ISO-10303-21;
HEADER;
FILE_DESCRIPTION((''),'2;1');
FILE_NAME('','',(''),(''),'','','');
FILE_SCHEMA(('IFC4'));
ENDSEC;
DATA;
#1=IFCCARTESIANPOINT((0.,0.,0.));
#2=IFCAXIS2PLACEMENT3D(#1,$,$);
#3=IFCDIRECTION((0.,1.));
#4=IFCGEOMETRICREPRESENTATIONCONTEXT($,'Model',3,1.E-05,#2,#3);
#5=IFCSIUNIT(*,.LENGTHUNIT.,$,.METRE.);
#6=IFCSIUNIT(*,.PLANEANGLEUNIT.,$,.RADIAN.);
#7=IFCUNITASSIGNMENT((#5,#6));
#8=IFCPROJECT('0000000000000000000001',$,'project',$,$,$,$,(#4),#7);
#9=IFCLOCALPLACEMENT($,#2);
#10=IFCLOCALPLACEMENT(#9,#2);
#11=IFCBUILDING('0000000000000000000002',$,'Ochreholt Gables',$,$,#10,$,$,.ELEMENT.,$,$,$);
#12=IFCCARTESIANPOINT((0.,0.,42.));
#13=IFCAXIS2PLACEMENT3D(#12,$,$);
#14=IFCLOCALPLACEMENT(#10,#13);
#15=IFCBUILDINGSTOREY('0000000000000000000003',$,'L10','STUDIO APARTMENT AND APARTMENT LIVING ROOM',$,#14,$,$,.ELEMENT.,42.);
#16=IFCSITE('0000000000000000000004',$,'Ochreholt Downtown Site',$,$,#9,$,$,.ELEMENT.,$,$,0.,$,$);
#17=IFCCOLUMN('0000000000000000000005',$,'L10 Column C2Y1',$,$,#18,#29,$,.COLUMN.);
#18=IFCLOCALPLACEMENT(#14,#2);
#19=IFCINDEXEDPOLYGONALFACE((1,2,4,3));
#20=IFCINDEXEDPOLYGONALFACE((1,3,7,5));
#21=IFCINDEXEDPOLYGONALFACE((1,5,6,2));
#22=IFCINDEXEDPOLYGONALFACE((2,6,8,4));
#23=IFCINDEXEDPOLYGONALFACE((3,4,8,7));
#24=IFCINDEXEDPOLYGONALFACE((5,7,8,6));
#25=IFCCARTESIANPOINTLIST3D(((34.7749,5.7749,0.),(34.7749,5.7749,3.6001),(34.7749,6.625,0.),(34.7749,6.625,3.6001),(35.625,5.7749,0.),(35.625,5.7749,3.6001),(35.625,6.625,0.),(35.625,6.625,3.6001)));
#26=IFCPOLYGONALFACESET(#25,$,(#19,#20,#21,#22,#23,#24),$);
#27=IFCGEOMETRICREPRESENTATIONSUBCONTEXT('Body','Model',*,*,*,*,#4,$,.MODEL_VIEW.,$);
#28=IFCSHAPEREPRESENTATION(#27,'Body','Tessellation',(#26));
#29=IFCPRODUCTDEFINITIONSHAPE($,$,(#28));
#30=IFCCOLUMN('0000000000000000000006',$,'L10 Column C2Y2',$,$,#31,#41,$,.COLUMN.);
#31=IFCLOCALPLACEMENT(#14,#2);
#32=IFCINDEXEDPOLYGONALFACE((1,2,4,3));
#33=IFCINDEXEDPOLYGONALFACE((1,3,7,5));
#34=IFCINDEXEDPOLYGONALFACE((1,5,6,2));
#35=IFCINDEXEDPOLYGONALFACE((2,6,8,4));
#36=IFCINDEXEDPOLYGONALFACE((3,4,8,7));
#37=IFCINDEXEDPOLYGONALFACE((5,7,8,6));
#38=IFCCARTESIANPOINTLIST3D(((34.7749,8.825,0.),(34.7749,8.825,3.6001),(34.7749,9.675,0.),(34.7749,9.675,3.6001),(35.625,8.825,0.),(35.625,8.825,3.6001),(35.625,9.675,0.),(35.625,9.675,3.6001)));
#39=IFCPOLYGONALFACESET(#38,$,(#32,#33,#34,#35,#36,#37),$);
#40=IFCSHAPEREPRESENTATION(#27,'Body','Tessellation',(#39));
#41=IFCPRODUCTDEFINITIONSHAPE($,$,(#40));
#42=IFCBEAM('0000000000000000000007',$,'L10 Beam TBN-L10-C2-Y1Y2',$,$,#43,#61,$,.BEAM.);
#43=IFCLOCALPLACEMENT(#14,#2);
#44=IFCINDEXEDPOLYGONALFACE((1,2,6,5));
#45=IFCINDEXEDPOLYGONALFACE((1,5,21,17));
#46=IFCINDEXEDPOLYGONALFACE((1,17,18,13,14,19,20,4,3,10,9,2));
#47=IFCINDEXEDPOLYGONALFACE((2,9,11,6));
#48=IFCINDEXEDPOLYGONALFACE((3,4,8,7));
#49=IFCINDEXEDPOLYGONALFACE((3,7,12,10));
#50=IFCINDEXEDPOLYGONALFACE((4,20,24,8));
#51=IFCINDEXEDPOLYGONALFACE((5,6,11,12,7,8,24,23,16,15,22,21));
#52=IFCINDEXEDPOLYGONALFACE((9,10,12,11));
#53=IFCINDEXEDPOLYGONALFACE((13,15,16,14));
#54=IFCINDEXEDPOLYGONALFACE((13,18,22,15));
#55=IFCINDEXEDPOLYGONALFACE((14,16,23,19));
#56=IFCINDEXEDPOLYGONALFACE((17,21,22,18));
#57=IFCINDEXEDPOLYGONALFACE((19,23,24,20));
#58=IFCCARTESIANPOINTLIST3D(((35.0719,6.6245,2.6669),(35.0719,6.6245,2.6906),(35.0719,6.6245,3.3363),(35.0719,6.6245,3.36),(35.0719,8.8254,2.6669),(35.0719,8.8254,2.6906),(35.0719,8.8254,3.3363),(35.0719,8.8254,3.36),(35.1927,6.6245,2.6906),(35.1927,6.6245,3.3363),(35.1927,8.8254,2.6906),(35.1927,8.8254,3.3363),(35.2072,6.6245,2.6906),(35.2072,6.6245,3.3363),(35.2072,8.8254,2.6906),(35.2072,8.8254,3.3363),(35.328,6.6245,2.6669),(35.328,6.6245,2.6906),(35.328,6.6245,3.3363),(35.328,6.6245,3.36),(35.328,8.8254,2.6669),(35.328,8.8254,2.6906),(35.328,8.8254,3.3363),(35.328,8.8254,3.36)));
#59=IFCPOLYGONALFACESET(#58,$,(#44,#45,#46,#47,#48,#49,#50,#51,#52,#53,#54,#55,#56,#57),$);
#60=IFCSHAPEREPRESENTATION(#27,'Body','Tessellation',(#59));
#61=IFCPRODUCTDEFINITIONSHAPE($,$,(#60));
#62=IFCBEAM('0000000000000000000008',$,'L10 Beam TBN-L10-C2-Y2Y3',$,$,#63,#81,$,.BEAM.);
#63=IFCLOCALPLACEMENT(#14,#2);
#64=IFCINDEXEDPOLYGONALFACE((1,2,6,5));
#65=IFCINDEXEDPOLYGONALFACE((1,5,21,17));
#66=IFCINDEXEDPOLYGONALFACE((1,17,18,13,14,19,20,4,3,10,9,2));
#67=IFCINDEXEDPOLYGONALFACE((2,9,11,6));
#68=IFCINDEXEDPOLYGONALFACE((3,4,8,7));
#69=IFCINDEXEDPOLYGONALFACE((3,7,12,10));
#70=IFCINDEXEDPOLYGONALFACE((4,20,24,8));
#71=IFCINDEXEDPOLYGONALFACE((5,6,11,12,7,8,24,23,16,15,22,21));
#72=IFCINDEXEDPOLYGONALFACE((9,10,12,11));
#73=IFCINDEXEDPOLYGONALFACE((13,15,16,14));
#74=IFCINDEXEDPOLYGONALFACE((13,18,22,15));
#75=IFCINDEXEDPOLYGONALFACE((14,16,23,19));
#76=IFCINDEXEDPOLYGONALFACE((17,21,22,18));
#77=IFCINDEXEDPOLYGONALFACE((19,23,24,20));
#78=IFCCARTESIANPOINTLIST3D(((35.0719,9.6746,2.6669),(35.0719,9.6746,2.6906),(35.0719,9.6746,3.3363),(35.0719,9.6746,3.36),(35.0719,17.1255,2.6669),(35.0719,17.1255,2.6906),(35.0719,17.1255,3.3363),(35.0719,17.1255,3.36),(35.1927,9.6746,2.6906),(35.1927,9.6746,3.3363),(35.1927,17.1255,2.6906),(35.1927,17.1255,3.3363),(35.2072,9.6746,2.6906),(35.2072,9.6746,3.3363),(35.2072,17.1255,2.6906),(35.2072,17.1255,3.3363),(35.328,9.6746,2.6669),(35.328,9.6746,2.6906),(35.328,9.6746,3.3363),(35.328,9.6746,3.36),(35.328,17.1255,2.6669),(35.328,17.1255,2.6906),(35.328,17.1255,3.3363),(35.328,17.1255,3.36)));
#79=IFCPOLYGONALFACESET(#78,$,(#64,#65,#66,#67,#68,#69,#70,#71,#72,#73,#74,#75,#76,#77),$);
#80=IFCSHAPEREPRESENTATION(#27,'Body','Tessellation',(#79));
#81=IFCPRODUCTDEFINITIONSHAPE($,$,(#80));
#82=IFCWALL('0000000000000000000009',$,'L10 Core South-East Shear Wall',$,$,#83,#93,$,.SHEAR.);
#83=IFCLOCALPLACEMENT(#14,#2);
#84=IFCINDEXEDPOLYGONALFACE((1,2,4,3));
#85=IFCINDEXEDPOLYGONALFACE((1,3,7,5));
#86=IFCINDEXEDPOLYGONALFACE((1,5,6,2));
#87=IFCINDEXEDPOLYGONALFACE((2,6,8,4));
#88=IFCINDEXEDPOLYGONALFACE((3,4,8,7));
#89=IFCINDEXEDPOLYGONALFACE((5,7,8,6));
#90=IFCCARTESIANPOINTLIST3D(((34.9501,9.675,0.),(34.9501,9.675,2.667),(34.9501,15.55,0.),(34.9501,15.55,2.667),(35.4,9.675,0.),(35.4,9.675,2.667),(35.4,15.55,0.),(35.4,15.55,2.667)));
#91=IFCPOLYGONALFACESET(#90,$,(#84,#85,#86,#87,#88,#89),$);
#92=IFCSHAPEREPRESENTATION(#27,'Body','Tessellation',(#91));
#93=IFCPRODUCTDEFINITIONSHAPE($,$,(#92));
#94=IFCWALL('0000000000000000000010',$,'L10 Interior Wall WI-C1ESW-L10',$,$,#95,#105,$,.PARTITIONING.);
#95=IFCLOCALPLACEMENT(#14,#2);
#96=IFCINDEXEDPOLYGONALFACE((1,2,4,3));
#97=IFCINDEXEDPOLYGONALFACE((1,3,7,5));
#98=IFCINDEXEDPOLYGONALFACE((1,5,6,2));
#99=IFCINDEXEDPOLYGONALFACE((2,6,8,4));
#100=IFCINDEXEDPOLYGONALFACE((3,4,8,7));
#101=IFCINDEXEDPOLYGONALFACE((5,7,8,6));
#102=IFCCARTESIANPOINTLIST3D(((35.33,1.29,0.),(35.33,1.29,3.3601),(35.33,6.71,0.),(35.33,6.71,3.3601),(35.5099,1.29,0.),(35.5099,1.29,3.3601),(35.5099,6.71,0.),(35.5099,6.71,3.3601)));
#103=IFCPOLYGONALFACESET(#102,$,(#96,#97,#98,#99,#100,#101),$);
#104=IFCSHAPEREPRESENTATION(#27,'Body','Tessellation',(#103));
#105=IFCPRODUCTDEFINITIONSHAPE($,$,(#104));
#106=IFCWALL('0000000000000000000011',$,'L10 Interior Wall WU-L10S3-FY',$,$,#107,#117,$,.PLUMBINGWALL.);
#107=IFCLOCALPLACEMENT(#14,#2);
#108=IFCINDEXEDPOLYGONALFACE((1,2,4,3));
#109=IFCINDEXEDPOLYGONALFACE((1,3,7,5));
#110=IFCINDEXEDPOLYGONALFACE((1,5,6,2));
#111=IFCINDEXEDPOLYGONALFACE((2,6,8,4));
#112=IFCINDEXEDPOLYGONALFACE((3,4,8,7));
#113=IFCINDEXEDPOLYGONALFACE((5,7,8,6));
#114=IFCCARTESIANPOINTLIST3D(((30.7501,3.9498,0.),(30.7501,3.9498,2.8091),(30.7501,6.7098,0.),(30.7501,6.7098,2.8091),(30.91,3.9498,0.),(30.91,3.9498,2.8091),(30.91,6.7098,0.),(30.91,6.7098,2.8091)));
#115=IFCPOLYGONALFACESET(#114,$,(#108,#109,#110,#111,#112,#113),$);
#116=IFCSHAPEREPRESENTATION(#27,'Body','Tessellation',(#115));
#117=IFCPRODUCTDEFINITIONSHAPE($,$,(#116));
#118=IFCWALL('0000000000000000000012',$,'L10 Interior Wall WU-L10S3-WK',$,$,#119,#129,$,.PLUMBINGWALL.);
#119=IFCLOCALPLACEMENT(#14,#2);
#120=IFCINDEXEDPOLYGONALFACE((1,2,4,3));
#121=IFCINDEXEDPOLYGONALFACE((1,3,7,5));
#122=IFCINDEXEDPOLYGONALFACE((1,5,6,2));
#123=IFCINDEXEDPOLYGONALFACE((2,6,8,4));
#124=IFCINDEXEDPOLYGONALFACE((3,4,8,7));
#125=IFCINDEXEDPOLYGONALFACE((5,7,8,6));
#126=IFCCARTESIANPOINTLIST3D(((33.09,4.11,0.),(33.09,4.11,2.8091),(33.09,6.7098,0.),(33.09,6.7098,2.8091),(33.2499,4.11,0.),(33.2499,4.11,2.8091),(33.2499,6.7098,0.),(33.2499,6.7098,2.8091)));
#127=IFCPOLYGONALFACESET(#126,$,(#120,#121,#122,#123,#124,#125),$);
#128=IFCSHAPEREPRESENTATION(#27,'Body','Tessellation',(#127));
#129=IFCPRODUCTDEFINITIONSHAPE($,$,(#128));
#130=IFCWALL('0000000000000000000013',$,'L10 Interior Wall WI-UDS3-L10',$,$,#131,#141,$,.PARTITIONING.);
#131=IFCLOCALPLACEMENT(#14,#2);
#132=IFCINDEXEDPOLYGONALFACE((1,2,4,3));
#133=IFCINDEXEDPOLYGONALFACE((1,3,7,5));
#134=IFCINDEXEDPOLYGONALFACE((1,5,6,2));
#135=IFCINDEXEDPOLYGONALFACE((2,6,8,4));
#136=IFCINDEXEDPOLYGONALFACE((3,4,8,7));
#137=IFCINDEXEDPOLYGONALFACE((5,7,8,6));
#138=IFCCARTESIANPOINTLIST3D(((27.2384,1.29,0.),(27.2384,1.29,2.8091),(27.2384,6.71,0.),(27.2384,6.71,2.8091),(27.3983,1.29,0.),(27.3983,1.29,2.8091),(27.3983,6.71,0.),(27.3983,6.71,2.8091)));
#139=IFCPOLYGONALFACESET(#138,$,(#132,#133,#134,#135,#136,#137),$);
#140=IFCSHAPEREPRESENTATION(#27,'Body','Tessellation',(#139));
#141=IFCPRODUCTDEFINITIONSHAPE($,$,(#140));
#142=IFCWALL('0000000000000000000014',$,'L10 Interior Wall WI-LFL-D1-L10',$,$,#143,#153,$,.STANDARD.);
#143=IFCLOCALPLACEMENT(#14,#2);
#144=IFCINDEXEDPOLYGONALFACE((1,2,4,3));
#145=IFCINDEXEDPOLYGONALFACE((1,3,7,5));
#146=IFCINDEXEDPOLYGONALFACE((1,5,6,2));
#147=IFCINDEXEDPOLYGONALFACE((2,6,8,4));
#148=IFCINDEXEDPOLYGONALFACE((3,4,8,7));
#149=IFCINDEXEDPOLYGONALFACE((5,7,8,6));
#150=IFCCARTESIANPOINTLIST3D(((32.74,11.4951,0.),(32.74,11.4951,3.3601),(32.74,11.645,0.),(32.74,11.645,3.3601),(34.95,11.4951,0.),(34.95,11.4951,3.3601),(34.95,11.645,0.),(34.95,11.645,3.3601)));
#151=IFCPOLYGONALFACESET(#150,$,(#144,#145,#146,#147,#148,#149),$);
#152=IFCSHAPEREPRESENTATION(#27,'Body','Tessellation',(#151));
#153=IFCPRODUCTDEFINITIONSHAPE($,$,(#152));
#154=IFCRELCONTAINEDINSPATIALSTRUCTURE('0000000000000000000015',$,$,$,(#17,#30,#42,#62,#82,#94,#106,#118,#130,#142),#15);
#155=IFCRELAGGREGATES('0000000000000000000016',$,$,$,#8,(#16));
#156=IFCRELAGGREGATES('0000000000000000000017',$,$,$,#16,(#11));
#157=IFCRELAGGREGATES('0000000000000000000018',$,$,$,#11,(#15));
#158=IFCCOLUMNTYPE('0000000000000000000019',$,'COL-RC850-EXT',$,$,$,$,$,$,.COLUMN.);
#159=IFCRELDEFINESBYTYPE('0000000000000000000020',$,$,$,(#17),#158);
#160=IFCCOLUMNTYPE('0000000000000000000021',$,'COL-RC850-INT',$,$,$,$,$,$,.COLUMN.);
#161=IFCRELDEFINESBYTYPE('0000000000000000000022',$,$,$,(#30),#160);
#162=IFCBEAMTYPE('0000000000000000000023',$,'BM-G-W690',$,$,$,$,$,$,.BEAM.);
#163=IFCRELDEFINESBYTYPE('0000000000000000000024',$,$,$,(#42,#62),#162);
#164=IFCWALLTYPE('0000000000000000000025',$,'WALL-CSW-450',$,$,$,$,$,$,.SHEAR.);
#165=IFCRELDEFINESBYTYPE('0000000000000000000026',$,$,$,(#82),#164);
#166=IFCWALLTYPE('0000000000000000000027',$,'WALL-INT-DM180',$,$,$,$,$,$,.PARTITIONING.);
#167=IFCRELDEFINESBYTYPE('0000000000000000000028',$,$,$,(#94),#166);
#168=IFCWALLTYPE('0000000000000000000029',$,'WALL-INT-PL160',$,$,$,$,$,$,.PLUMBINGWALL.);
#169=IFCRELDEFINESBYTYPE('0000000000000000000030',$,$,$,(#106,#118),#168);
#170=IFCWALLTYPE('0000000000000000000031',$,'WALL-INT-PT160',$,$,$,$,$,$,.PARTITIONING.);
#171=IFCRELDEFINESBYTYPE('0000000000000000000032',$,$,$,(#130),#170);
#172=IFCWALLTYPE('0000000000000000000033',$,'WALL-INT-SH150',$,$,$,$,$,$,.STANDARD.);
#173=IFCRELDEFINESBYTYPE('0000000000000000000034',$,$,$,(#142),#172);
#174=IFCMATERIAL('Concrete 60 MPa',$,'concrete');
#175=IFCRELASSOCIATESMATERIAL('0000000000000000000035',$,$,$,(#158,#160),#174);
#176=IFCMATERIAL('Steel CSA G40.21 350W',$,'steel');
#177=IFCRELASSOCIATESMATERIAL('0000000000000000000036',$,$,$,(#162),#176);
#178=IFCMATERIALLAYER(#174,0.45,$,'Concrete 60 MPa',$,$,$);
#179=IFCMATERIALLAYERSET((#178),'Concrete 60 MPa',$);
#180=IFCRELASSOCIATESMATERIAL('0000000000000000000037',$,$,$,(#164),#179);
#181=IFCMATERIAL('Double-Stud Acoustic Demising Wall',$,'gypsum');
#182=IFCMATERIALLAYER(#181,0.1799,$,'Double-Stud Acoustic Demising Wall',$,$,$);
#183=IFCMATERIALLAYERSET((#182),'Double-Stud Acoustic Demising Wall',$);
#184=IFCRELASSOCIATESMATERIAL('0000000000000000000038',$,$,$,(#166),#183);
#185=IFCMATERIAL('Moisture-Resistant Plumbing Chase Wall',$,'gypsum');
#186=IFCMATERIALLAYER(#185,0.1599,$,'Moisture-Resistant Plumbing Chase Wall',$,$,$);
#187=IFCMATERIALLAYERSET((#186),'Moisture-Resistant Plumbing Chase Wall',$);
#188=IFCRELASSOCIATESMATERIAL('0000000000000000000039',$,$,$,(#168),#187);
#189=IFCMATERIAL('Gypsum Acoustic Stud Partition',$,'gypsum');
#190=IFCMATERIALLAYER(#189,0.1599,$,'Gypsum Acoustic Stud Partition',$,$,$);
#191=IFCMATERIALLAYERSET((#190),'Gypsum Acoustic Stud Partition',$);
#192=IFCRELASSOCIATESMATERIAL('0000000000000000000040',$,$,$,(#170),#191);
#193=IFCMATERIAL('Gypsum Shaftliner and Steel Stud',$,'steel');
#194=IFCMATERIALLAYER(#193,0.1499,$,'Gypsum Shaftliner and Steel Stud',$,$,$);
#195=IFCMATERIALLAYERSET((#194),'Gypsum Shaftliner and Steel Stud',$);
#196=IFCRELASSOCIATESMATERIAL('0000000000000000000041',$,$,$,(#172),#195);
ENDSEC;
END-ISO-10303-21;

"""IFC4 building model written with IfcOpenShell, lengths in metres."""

from ifc_helpers import new_model, si_unit, direction, frame, frame_2d, origin, origin_2d, place, context, subcontext, project, spatial, rectangle, i_section, extrude, material, layer, layer_set, material_profile, profile_set, type_object, element, save


model = new_model("IFC4")

# Units and contexts
model_context = context("Model", 3, precision=1e-05, world=origin(), true_north=direction((0.0, 1.0)))
body_context = subcontext(model_context, "Body", "Model", "MODEL_VIEW")
ifc_project = project(units=[si_unit("LENGTHUNIT", "METRE"), si_unit("PLANEANGLEUNIT", "RADIAN")], contexts=[model_context])

# Site, building, storey
site_placement = place(None, origin())
site = spatial("IfcSite", under=ifc_project, at=site_placement, Name="Ochreholt Downtown Site", CompositionType="ELEMENT", RefElevation=0.0)
building_placement = place(site_placement, origin())
building = spatial("IfcBuilding", under=site, at=building_placement, Name="Ochreholt Gables", CompositionType="ELEMENT")
storey_placement = place(building_placement, frame((0.0, 0.0, 42.0)))
storey = spatial("IfcBuildingStorey", under=building, at=storey_placement, Name="L10", Description="STUDIO APARTMENT AND APARTMENT LIVING ROOM", CompositionType="ELEMENT", Elevation=42.0)

# Columns
ifc_material_1 = material(Name="Concrete 60 MPa", Category="concrete")
ifc_material_profile_1 = material_profile(ifc_material_1, rectangle(XDim=0.8501, YDim=0.8501, at=origin_2d()), Name="RC850X850")
ifc_profile_set_1 = profile_set([ifc_material_profile_1], Name="Concrete 60 MPa")
column_type_1 = type_object("IfcColumnType", Name="COL-RC850-EXT", PredefinedType="COLUMN", material=ifc_profile_set_1)
column_1_placement = place(storey_placement, frame((35.2, 6.2, 0.0), z_axis=(0.0, 0.0, 1.0), x_axis=(1.0, 0.0, 0.0)))
element("IfcColumn", 1, at=column_1_placement, inside=storey, type_object=column_type_1, Name="L10 Column C2Y1", PredefinedType="COLUMN", context=body_context, shape_type="SweptSolid", body=[
    extrude(rectangle(XDim=0.8501, YDim=0.8501, at=origin_2d()), origin(), (0.0, 0.0, 1.0), 3.6001),
])
ifc_material_profile_2 = material_profile(ifc_material_1, rectangle(XDim=0.8501, YDim=0.8501, at=origin_2d()), Name="RC850X850")
ifc_profile_set_2 = profile_set([ifc_material_profile_2], Name="Concrete 60 MPa")
column_type_2 = type_object("IfcColumnType", Name="COL-RC850-INT", PredefinedType="COLUMN", material=ifc_profile_set_2)
column_2_placement = place(storey_placement, frame((35.2, 9.25, 0.0), z_axis=(0.0, 0.0, 1.0), x_axis=(1.0, 0.0, 0.0)))
element("IfcColumn", 2, at=column_2_placement, inside=storey, type_object=column_type_2, Name="L10 Column C2Y2", PredefinedType="COLUMN", context=body_context, shape_type="SweptSolid", body=[
    extrude(rectangle(XDim=0.8501, YDim=0.8501, at=origin_2d()), origin(), (0.0, 0.0, 1.0), 3.6001),
])

# Beams
ifc_material_2 = material(Name="Steel CSA G40.21 350W", Category="steel")
ifc_material_profile_3 = material_profile(ifc_material_2, i_section(OverallWidth=0.2561, OverallDepth=0.6931, WebThickness=0.0144, FlangeThickness=0.0237, at=origin_2d()), Name="W690X170")
ifc_profile_set_3 = profile_set([ifc_material_profile_3], Name="Steel CSA G40.21 350W")
beam_type = type_object("IfcBeamType", Name="BM-G-W690", PredefinedType="BEAM", material=ifc_profile_set_3)
beam_1_placement = place(storey_placement, frame((35.2, 6.6245, 3.0134), z_axis=(0.0, 1.0, 0.0), x_axis=(-1.0, 0.0, 0.0)))
element("IfcBeam", 3, at=beam_1_placement, inside=storey, type_object=beam_type, Name="L10 Beam TBN-L10-C2-Y1Y2", PredefinedType="BEAM", context=body_context, shape_type="SweptSolid", body=[
    extrude(i_section(OverallWidth=0.2561, OverallDepth=0.6931, WebThickness=0.0144, FlangeThickness=0.0237, at=origin_2d()), origin(), (0.0, 0.0, 1.0), 2.2009),
])
beam_2_placement = place(storey_placement, frame((35.2, 9.6746, 3.0134), z_axis=(0.0, 1.0, 0.0), x_axis=(-1.0, 0.0, 0.0)))
element("IfcBeam", 4, at=beam_2_placement, inside=storey, type_object=beam_type, Name="L10 Beam TBN-L10-C2-Y2Y3", PredefinedType="BEAM", context=body_context, shape_type="SweptSolid", body=[
    extrude(i_section(OverallWidth=0.2561, OverallDepth=0.6931, WebThickness=0.0144, FlangeThickness=0.0237, at=origin_2d()), origin(), (0.0, 0.0, 1.0), 7.4509),
])

# Walls
ifc_layer_1 = layer(ifc_material_1, 0.45, Name="Concrete 60 MPa")
ifc_layer_set_1 = layer_set([ifc_layer_1], Name="Concrete 60 MPa")
wall_type_1 = type_object("IfcWallType", Name="WALL-CSW-450", PredefinedType="SHEAR", material=ifc_layer_set_1)
wall_1_placement = place(storey_placement, frame((35.175, 9.675, 0.0), z_axis=(0.0, 0.0, 1.0), x_axis=(0.0, 1.0, 0.0)))
element("IfcWall", 5, at=wall_1_placement, inside=storey, type_object=wall_type_1, Name="L10 Core South-East Shear Wall", PredefinedType="SHEAR", context=body_context, shape_type="SweptSolid", body=[
    extrude(rectangle(XDim=5.875, YDim=0.45, at=frame_2d((2.9375, 0.0))), origin(), (0.0, 0.0, 1.0), 2.667),
])
ifc_material_3 = material(Name="Double-Stud Acoustic Demising Wall", Category="gypsum")
ifc_layer_2 = layer(ifc_material_3, 0.1799, Name="Double-Stud Acoustic Demising Wall")
ifc_layer_set_2 = layer_set([ifc_layer_2], Name="Double-Stud Acoustic Demising Wall")
wall_type_2 = type_object("IfcWallType", Name="WALL-INT-DM180", PredefinedType="PARTITIONING", material=ifc_layer_set_2)
wall_2_placement = place(storey_placement, frame((35.4199, 1.29, 0.0), z_axis=(0.0, 0.0, 1.0), x_axis=(0.0, 1.0, 0.0)))
element("IfcWall", 6, at=wall_2_placement, inside=storey, type_object=wall_type_2, Name="L10 Interior Wall WI-C1ESW-L10", PredefinedType="PARTITIONING", context=body_context, shape_type="SweptSolid", body=[
    extrude(rectangle(XDim=5.4199, YDim=0.1799, at=frame_2d((2.71, 0.0))), origin(), (0.0, 0.0, 1.0), 3.3601),
])

# Shared definitions
ifc_material_4 = material(Name="Moisture-Resistant Plumbing Chase Wall", Category="gypsum")
ifc_layer_3 = layer(ifc_material_4, 0.1599, Name="Moisture-Resistant Plumbing Chase Wall")
ifc_layer_set_3 = layer_set([ifc_layer_3], Name="Moisture-Resistant Plumbing Chase Wall")
wall_type_3 = type_object("IfcWallType", Name="WALL-INT-PL160", PredefinedType="PLUMBINGWALL", material=ifc_layer_set_3)

# Walls
wall_3_placement = place(storey_placement, frame((30.8301, 3.95, 0.0), z_axis=(0.0, 0.0, 1.0), x_axis=(0.0, 1.0, 0.0)))
element("IfcWall", 7, at=wall_3_placement, inside=storey, type_object=wall_type_3, Name="L10 Interior Wall WU-L10S3-FY", PredefinedType="PLUMBINGWALL", context=body_context, shape_type="SweptSolid", body=[
    extrude(rectangle(XDim=2.76, YDim=0.1599, at=frame_2d((1.3799, 0.0))), origin(), (0.0, 0.0, 1.0), 2.8091),
])
wall_4_placement = place(storey_placement, frame((33.1699, 4.1101, 0.0), z_axis=(0.0, 0.0, 1.0), x_axis=(0.0, 1.0, 0.0)))
element("IfcWall", 8, at=wall_4_placement, inside=storey, type_object=wall_type_3, Name="L10 Interior Wall WU-L10S3-WK", PredefinedType="PLUMBINGWALL", context=body_context, shape_type="SweptSolid", body=[
    extrude(rectangle(XDim=2.5999, YDim=0.1599, at=frame_2d((1.2998, 0.0))), origin(), (0.0, 0.0, 1.0), 2.8091),
])
ifc_material_5 = material(Name="Gypsum Acoustic Stud Partition", Category="gypsum")
ifc_layer_4 = layer(ifc_material_5, 0.1599, Name="Gypsum Acoustic Stud Partition")
ifc_layer_set_4 = layer_set([ifc_layer_4], Name="Gypsum Acoustic Stud Partition")
wall_type_4 = type_object("IfcWallType", Name="WALL-INT-PT160", PredefinedType="PARTITIONING", material=ifc_layer_set_4)
wall_5_placement = place(storey_placement, frame((27.3184, 1.29, 0.0), z_axis=(0.0, 0.0, 1.0), x_axis=(0.0, 1.0, 0.0)))
element("IfcWall", 9, at=wall_5_placement, inside=storey, type_object=wall_type_4, Name="L10 Interior Wall WI-UDS3-L10", PredefinedType="PARTITIONING", context=body_context, shape_type="SweptSolid", body=[
    extrude(rectangle(XDim=5.4199, YDim=0.1599, at=frame_2d((2.71, 0.0))), origin(), (0.0, 0.0, 1.0), 2.8091),
])
ifc_material_6 = material(Name="Gypsum Shaftliner and Steel Stud", Category="steel")
ifc_layer_5 = layer(ifc_material_6, 0.1499, Name="Gypsum Shaftliner and Steel Stud")
ifc_layer_set_5 = layer_set([ifc_layer_5], Name="Gypsum Shaftliner and Steel Stud")
wall_type_5 = type_object("IfcWallType", Name="WALL-INT-SH150", PredefinedType="STANDARD", material=ifc_layer_set_5)
wall_6_placement = place(storey_placement, frame((32.74, 11.5701, 0.0), z_axis=(0.0, 0.0, 1.0), x_axis=(1.0, 0.0, 0.0)))
element("IfcWall", 10, at=wall_6_placement, inside=storey, type_object=wall_type_5, Name="L10 Interior Wall WI-LFL-D1-L10", PredefinedType="STANDARD", context=body_context, shape_type="SweptSolid", body=[
    extrude(rectangle(XDim=2.21, YDim=0.1499, at=frame_2d((1.105, 0.0))), origin(), (0.0, 0.0, 1.0), 3.3601),
])

save(model, "model.ifc")
